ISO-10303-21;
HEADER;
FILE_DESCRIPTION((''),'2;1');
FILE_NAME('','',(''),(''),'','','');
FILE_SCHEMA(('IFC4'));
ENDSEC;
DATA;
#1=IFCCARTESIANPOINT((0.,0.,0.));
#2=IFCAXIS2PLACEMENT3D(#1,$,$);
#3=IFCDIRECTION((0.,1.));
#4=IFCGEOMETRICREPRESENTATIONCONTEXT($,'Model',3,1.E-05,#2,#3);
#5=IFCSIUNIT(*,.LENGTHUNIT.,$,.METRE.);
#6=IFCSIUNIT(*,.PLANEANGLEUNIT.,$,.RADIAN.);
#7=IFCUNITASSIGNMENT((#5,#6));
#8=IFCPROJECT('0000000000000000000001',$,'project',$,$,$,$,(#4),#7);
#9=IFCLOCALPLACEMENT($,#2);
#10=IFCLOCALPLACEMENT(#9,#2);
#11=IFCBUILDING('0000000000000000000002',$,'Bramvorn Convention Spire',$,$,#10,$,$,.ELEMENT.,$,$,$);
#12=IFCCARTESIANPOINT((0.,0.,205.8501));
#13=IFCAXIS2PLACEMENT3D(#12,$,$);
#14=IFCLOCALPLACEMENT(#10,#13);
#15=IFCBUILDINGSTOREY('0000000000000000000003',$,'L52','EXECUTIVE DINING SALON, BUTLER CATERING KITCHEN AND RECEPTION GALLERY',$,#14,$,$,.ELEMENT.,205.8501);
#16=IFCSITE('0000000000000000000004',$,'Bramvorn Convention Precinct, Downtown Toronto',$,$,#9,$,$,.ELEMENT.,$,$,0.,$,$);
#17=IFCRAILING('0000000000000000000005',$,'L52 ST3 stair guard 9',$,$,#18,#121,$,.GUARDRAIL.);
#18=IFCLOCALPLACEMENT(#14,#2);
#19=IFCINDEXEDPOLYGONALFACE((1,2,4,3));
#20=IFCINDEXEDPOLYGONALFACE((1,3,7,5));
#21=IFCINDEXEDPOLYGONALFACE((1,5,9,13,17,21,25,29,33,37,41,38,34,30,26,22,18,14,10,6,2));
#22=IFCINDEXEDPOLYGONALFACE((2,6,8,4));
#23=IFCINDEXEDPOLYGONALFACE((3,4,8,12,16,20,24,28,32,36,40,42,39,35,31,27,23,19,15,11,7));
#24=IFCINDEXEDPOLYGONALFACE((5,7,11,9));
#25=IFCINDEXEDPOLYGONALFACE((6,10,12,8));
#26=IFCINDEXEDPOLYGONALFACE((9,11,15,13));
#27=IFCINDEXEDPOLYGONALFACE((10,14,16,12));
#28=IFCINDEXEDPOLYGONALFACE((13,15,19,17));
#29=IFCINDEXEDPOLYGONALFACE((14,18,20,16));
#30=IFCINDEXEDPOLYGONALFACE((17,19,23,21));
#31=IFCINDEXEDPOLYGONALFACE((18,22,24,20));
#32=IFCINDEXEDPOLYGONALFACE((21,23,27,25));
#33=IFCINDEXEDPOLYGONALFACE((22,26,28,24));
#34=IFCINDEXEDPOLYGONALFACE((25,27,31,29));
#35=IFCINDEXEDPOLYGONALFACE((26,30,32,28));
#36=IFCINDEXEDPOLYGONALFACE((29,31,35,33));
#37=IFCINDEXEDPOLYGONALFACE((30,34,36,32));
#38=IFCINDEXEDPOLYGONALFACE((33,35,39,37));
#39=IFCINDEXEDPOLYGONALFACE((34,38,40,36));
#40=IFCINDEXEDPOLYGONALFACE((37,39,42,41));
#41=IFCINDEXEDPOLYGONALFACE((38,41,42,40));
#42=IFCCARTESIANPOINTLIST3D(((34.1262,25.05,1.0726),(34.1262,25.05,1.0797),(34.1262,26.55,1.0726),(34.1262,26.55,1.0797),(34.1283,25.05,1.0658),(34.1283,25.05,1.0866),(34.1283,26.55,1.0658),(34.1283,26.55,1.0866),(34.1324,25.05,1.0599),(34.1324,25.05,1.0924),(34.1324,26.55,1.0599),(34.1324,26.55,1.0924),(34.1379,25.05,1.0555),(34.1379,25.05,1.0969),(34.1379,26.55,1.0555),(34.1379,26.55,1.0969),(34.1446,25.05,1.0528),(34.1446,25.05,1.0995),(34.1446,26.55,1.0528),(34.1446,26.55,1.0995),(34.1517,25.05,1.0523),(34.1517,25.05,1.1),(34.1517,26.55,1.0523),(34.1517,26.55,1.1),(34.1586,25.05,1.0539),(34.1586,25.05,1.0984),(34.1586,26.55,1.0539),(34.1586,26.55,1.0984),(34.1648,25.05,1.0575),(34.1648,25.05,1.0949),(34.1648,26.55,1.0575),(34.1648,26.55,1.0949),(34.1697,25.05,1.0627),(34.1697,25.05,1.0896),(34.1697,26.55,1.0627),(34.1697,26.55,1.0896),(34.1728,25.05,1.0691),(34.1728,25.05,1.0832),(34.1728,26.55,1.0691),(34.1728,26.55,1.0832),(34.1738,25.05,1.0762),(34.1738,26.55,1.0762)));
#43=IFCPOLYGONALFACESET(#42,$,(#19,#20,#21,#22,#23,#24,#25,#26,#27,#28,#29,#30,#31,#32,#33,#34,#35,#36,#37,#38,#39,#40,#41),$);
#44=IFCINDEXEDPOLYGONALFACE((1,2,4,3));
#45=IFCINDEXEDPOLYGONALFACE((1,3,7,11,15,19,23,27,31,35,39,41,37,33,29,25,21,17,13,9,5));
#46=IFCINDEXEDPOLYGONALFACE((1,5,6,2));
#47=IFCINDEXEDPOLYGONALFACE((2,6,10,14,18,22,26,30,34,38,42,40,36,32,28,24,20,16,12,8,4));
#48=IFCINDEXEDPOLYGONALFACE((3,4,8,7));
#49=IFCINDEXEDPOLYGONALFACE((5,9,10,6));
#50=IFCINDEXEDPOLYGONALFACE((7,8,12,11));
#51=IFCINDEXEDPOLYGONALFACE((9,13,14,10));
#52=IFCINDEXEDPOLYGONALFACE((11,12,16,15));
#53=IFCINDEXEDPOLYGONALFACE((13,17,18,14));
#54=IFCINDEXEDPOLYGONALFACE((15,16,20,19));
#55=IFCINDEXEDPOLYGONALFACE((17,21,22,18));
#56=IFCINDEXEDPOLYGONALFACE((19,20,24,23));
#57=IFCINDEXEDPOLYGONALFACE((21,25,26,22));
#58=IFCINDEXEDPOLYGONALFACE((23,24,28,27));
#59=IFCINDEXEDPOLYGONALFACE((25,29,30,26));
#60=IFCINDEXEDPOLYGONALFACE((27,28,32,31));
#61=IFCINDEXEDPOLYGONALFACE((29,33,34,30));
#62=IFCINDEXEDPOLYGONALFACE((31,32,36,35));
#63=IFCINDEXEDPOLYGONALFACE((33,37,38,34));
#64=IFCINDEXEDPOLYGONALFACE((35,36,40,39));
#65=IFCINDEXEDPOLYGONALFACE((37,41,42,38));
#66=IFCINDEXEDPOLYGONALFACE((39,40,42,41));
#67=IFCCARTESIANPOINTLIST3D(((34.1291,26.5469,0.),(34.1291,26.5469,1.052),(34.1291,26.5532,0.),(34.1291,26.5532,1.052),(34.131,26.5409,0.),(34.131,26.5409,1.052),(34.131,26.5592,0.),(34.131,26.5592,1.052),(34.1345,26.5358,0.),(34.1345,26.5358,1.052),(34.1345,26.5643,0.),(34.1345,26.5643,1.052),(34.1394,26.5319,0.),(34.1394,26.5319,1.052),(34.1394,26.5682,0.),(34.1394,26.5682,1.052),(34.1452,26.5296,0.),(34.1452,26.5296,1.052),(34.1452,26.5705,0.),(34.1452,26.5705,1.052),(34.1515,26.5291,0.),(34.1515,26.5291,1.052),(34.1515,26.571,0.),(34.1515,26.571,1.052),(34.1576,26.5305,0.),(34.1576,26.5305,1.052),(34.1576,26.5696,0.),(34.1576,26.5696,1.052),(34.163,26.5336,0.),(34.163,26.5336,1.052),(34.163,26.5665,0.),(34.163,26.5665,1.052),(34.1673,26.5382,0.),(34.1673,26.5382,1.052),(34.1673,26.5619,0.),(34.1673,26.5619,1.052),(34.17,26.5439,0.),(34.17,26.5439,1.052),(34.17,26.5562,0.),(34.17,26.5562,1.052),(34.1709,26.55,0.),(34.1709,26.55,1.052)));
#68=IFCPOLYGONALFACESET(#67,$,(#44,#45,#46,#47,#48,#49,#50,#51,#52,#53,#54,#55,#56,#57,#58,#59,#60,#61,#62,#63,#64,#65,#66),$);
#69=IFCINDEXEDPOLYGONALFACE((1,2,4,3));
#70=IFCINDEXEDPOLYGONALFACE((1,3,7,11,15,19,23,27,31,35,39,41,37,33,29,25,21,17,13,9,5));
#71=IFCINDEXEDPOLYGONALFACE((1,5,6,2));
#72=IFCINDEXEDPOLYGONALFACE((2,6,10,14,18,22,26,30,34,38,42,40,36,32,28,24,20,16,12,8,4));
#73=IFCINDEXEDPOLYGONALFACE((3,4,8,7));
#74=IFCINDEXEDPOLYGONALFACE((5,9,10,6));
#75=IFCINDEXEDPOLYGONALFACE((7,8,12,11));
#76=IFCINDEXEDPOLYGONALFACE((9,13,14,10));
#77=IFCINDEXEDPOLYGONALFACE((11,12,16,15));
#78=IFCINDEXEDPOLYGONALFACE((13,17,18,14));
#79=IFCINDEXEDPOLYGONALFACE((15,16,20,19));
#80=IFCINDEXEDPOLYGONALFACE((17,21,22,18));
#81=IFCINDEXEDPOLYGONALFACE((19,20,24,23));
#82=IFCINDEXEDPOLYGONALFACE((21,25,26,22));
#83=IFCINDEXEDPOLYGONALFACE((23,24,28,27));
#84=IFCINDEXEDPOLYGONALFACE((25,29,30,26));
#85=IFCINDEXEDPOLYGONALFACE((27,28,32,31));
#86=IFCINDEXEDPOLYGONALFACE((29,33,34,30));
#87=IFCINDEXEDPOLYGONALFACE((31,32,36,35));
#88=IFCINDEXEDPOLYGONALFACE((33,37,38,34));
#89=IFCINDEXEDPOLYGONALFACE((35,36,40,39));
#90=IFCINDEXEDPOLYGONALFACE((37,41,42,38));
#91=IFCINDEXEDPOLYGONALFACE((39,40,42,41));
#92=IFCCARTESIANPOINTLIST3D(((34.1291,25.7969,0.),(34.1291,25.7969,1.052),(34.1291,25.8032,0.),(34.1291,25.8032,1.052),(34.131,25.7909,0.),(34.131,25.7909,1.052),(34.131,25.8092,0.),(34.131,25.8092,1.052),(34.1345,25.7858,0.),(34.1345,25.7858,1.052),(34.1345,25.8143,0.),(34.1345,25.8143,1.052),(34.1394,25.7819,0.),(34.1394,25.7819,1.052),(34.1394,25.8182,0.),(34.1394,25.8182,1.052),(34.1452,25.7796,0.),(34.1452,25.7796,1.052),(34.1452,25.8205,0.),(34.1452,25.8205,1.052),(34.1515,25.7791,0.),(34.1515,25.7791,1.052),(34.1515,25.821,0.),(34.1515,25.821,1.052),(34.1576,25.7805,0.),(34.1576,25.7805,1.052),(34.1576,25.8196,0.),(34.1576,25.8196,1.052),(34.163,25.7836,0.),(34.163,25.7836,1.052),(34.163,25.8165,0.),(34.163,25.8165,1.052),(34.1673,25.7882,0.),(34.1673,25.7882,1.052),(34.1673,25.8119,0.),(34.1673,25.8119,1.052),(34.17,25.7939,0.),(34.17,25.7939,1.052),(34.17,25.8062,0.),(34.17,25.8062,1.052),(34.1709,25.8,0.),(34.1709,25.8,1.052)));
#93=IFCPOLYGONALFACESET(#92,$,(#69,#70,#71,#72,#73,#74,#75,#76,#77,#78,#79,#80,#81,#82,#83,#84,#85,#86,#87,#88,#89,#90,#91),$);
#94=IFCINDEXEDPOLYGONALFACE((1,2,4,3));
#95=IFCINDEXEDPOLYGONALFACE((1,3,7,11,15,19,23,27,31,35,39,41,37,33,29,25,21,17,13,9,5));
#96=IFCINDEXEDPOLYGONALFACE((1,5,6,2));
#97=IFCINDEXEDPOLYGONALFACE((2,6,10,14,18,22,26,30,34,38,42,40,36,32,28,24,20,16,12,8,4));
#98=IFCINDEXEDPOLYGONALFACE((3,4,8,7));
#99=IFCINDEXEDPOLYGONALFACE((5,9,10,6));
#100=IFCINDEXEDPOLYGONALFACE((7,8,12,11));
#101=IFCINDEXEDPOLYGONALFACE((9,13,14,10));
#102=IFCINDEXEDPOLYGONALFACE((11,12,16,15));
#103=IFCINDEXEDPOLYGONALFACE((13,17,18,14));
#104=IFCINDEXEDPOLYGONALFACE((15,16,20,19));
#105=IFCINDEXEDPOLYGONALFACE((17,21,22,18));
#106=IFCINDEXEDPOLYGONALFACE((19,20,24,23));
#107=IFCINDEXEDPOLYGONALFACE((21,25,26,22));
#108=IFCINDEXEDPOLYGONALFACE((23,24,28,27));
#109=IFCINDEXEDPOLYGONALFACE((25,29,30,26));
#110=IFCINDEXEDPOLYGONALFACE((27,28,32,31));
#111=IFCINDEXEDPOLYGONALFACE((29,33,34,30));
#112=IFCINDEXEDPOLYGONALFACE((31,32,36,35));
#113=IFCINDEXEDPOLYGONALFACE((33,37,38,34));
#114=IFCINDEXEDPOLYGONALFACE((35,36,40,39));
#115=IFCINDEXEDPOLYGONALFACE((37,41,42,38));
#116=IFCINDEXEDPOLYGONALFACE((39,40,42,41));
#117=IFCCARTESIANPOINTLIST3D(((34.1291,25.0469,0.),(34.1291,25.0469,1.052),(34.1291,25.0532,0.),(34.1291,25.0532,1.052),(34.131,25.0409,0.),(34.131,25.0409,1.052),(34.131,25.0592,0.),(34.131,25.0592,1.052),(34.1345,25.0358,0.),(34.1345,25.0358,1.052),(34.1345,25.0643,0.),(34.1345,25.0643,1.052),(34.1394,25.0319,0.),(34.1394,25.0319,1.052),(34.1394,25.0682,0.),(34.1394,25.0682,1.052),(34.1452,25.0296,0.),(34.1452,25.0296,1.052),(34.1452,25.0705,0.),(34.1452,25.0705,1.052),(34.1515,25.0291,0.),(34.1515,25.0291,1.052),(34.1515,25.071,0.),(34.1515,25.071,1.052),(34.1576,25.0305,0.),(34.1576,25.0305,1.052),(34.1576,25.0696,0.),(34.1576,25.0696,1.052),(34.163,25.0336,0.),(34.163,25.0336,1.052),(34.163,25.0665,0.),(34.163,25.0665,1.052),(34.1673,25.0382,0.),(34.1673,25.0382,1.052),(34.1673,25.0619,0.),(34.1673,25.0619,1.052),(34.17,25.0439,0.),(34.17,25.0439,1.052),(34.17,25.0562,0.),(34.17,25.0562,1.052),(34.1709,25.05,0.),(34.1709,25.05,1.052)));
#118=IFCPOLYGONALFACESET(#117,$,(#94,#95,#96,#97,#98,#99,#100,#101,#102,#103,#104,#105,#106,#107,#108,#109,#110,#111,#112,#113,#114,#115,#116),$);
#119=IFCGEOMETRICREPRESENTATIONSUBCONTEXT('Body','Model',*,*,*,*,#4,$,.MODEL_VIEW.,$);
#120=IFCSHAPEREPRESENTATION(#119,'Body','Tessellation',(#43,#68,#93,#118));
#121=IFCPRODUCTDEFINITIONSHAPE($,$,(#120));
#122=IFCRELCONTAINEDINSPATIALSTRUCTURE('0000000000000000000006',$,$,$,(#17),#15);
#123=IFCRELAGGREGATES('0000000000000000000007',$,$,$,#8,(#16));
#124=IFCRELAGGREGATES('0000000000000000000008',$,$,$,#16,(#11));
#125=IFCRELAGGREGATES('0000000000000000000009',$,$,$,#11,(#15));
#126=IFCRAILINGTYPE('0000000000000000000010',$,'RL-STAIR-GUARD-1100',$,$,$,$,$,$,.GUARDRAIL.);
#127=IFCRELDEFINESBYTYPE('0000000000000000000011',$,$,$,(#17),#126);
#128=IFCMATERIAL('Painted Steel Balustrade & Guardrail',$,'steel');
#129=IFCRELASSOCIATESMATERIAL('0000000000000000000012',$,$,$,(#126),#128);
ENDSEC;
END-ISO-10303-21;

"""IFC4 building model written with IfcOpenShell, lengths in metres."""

from ifc_helpers import new_model, si_unit, direction, frame, origin, origin_2d, place, context, subcontext, project, spatial, circle, extrude, material, type_object, element, save


model = new_model("IFC4")

# Units and contexts
model_context = context("Model", 3, precision=1e-05, world=origin(), true_north=direction((0.0, 1.0)))
body_context = subcontext(model_context, "Body", "Model", "MODEL_VIEW")
ifc_project = project(units=[si_unit("LENGTHUNIT", "METRE"), si_unit("PLANEANGLEUNIT", "RADIAN")], contexts=[model_context])

# Site, building, storey
site_placement = place(None, origin())
site = spatial("IfcSite", under=ifc_project, at=site_placement, Name="Bramvorn Convention Precinct, Downtown Toronto", CompositionType="ELEMENT", RefElevation=0.0)
building_placement = place(site_placement, origin())
building = spatial("IfcBuilding", under=site, at=building_placement, Name="Bramvorn Convention Spire", CompositionType="ELEMENT")
storey_placement = place(building_placement, frame((0.0, 0.0, 205.8501)))
storey = spatial("IfcBuildingStorey", under=building, at=storey_placement, Name="L52", Description="EXECUTIVE DINING SALON, BUTLER CATERING KITCHEN AND RECEPTION GALLERY", CompositionType="ELEMENT", Elevation=205.8501)

# Railing
ifc_material_1 = material(Name="Painted Steel Balustrade & Guardrail", Category="steel")
railing_type_1 = type_object("IfcRailingType", Name="RL-STAIR-GUARD-1100", PredefinedType="GUARDRAIL", material=ifc_material_1)
railing_1_placement = place(storey_placement, frame((34.1499, 26.55, 0.0)))
element("IfcRailing", 1, at=railing_1_placement, inside=storey, type_object=railing_type_1, Name="L52 ST3 stair guard 9", PredefinedType="GUARDRAIL", context=body_context, shape_type="SweptSolid", body=[
    extrude(circle(Radius=0.0239, at=origin_2d()), frame((0.0, 0.0, 1.0762), z_axis=(0.0, -1.0, 0.0), x_axis=(1.0, 0.0, 0.0)), (0.0, 0.0, 1.0), 1.5),
    extrude(circle(Radius=0.021, at=origin_2d()), origin(), (0.0, 0.0, 1.0), 1.052),
    extrude(circle(Radius=0.021, at=origin_2d()), frame((0.0, -0.75, 0.0)), (0.0, 0.0, 1.0), 1.052),
    extrude(circle(Radius=0.021, at=origin_2d()), frame((0.0, -1.5, 0.0)), (0.0, 0.0, 1.0), 1.052),
])

save(model, "model.ifc")
